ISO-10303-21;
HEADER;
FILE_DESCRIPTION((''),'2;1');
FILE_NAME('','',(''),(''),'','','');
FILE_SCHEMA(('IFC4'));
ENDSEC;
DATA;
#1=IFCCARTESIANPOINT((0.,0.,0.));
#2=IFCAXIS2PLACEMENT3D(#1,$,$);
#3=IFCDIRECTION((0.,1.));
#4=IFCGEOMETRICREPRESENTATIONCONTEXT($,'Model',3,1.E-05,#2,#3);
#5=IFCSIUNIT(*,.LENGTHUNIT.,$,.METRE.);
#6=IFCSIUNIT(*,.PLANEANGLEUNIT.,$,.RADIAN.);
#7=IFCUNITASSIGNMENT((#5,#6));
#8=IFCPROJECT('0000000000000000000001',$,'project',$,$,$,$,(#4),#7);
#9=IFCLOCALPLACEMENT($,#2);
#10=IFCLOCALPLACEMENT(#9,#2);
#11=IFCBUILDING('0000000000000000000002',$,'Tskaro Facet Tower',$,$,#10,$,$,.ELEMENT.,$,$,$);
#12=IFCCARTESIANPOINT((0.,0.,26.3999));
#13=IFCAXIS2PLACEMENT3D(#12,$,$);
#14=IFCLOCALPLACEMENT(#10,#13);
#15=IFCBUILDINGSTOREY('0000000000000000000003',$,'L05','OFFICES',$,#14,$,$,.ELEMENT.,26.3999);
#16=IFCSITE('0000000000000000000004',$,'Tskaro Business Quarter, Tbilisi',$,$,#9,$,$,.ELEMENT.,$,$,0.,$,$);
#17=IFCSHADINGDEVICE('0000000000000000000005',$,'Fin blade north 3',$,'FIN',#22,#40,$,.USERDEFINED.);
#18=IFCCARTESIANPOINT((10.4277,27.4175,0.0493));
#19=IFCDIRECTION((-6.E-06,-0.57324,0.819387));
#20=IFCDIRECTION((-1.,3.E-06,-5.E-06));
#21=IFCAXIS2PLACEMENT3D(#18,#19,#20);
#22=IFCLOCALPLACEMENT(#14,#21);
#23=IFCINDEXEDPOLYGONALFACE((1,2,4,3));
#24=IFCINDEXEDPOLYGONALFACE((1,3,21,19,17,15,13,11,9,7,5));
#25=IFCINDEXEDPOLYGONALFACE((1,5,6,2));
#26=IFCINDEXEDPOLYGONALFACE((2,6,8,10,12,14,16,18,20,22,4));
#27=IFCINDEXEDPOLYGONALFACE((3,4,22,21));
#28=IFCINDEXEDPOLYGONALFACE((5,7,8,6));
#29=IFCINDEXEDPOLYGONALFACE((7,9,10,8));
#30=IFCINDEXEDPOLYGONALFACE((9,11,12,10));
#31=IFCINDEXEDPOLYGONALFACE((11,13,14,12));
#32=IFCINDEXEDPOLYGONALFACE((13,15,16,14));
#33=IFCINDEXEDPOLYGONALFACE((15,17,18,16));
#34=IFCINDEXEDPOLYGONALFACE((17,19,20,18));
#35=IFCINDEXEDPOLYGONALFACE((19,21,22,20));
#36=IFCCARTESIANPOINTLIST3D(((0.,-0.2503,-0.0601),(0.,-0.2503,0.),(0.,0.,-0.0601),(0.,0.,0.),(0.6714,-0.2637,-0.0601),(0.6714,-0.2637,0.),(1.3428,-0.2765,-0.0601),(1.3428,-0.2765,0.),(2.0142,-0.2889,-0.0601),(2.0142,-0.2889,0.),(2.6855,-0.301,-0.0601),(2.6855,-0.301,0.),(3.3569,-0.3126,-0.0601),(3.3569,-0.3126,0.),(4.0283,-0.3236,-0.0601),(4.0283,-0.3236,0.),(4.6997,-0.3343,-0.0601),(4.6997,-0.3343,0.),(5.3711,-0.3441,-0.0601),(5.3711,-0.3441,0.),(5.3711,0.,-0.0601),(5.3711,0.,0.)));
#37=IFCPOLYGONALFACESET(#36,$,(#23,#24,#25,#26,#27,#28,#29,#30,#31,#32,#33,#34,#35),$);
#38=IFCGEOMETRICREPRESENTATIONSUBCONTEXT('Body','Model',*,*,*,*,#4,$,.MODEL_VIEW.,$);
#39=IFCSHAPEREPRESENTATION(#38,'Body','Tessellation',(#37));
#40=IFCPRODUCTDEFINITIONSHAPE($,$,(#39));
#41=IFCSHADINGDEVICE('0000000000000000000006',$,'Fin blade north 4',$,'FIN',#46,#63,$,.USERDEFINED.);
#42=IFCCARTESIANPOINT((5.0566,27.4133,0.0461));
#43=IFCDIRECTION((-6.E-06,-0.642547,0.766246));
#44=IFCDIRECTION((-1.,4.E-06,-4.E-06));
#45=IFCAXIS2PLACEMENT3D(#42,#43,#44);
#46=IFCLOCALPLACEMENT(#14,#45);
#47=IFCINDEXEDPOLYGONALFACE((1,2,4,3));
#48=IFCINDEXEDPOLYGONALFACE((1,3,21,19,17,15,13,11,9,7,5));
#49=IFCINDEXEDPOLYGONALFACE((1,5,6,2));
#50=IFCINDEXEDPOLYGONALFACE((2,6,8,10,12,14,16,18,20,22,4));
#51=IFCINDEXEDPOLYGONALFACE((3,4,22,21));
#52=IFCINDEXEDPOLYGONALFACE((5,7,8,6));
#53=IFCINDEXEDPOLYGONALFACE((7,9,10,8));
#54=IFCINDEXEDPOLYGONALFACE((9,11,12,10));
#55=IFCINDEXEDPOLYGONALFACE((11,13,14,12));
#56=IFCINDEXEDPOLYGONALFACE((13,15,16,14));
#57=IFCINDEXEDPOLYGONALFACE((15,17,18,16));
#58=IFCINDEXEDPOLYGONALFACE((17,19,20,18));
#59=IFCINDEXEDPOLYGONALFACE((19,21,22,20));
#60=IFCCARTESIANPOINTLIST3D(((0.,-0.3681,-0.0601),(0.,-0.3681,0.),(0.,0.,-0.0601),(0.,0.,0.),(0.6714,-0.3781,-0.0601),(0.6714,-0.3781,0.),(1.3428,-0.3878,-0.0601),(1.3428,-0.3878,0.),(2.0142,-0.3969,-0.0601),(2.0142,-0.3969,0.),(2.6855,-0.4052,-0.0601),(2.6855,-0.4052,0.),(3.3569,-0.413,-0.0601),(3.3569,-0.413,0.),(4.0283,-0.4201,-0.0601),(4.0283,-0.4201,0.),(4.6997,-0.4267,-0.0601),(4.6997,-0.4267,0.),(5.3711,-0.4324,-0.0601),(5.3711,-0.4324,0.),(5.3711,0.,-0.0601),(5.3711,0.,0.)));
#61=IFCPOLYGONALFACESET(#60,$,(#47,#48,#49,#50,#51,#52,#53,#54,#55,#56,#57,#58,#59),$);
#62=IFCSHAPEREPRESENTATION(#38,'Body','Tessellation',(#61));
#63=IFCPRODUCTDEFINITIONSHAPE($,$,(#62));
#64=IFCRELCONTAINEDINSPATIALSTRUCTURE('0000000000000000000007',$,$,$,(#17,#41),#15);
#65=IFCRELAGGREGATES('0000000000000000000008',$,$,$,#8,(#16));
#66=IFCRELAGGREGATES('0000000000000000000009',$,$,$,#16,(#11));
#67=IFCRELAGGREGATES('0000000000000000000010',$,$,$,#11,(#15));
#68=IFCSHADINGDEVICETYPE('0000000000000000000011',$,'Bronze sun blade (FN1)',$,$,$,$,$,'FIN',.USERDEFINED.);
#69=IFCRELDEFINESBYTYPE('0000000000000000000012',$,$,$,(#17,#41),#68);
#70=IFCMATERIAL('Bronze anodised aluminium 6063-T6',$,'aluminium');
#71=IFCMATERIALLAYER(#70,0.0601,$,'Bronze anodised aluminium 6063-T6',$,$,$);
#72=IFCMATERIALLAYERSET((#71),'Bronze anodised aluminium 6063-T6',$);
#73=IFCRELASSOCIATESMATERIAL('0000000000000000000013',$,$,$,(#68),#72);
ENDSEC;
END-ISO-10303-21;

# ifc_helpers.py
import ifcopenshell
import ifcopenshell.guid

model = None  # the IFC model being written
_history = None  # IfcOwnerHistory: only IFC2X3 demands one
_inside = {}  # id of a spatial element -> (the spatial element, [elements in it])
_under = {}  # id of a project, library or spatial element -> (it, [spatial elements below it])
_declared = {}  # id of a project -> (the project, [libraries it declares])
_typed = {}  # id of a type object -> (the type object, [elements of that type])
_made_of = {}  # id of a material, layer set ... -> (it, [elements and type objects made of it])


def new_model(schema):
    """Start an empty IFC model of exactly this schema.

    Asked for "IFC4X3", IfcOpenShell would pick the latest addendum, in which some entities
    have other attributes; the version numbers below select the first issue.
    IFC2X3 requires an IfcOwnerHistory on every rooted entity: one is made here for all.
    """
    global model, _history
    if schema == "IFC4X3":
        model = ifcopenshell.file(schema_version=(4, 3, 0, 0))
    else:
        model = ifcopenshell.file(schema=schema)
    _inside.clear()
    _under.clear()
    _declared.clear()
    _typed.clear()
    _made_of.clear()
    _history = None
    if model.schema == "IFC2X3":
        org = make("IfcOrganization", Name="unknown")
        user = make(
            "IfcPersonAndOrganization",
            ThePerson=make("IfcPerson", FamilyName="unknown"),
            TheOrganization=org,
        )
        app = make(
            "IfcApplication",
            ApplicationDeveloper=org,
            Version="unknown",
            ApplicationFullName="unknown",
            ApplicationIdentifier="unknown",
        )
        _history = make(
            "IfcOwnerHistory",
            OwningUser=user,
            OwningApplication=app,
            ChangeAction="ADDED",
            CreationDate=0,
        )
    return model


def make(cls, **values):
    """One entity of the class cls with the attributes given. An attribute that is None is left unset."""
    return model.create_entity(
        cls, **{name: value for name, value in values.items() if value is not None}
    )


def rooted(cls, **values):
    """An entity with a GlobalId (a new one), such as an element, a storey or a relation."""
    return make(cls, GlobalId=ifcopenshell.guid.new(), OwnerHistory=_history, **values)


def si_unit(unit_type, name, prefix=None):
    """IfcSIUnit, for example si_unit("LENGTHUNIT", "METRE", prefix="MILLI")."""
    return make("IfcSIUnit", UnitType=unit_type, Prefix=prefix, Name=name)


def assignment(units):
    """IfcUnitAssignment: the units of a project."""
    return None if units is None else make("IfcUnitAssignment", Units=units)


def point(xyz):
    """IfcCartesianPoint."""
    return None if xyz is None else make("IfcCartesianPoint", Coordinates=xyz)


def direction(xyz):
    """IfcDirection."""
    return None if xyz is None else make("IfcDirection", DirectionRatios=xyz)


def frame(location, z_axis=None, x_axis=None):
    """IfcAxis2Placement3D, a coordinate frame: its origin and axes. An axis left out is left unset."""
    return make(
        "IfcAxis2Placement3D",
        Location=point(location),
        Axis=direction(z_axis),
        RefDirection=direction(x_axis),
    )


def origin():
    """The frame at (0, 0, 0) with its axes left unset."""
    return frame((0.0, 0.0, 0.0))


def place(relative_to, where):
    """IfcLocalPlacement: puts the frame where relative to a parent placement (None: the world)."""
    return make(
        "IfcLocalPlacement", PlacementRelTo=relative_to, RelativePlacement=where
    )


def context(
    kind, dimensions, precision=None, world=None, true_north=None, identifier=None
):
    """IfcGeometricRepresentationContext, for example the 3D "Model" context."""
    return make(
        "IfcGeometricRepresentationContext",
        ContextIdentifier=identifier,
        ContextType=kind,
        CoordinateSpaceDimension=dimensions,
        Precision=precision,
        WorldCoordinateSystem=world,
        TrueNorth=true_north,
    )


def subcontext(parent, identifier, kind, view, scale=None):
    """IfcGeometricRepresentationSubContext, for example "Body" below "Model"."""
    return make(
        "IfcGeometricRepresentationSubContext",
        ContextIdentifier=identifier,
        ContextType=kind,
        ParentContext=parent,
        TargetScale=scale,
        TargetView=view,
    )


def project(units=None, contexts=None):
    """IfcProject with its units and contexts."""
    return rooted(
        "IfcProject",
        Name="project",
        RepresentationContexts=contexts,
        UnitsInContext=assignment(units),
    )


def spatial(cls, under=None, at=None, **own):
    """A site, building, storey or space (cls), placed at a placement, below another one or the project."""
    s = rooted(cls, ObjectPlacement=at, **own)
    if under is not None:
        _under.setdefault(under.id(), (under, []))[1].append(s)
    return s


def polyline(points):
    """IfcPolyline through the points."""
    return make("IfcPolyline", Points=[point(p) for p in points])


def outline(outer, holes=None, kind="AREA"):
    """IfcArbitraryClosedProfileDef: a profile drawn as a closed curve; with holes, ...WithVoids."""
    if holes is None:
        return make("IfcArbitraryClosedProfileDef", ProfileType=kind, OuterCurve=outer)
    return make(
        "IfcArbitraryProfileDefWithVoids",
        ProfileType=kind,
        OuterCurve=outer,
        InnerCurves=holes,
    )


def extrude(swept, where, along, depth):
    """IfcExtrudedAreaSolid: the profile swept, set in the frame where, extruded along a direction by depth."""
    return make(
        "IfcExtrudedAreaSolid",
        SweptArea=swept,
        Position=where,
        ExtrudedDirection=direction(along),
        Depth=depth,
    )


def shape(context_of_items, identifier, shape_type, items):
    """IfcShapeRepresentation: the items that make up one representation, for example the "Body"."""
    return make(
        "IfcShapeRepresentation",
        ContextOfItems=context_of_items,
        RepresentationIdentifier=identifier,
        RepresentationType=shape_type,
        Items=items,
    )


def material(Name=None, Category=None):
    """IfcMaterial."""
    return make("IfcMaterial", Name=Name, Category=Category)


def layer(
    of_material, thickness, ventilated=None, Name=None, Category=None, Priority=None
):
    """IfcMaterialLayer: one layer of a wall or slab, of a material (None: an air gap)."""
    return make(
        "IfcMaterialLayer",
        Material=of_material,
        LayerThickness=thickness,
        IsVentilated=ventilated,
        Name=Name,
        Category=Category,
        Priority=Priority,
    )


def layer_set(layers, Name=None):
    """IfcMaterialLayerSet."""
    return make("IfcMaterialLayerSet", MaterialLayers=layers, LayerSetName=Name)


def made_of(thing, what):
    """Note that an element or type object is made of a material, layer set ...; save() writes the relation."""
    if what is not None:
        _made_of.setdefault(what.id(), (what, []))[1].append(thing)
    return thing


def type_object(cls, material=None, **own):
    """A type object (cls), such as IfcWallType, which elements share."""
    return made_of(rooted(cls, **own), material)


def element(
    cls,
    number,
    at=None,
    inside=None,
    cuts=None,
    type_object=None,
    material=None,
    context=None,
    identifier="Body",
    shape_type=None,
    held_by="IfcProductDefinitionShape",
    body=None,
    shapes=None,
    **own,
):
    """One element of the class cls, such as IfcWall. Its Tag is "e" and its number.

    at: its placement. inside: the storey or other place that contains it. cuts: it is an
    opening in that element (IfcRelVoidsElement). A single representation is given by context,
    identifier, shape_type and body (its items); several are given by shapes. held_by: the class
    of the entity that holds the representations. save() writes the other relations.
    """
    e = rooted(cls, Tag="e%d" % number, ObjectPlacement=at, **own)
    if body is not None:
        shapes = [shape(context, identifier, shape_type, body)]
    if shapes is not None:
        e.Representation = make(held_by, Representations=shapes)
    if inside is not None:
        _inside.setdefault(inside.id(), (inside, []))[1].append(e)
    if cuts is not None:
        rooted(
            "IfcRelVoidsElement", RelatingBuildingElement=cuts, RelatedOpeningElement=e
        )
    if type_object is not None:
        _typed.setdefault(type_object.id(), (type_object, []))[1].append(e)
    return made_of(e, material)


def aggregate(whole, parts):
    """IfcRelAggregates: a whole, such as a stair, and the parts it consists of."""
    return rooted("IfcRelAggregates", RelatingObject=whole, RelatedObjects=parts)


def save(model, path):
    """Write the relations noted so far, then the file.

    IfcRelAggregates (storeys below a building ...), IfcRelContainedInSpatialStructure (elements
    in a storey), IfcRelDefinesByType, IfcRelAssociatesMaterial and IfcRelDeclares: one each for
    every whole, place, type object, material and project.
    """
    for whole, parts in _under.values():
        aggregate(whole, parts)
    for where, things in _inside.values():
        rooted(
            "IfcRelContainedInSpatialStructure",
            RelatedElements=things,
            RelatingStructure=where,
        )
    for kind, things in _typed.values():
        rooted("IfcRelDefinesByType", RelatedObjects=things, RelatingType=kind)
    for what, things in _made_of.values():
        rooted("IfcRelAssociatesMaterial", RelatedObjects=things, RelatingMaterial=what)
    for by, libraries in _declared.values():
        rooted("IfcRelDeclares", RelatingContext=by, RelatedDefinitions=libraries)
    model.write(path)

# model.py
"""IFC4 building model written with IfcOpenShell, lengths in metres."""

from ifc_helpers import new_model, si_unit, direction, frame, origin, place, context, subcontext, project, spatial, polyline, outline, extrude, material, layer, layer_set, type_object, element, save


model = new_model("IFC4")

# Units and contexts
model_context = context("Model", 3, precision=1e-05, world=origin(), true_north=direction((0.0, 1.0)))
body_context = subcontext(model_context, "Body", "Model", "MODEL_VIEW")
ifc_project = project(units=[si_unit("LENGTHUNIT", "METRE"), si_unit("PLANEANGLEUNIT", "RADIAN")], contexts=[model_context])

# Site, building, storey
site_placement = place(None, origin())
site = spatial("IfcSite", under=ifc_project, at=site_placement, Name="Tskaro Business Quarter, Tbilisi", CompositionType="ELEMENT", RefElevation=0.0)
building_placement = place(site_placement, origin())
building = spatial("IfcBuilding", under=site, at=building_placement, Name="Tskaro Facet Tower", CompositionType="ELEMENT")
storey_placement = place(building_placement, frame((0.0, 0.0, 26.3999)))
storey = spatial("IfcBuildingStorey", under=building, at=storey_placement, Name="L05", Description="OFFICES", CompositionType="ELEMENT", Elevation=26.3999)

# Shared definitions
ifc_material_1 = material(Name="Bronze anodised aluminium 6063-T6", Category="aluminium")

# Shading devices
ifc_layer_1 = layer(ifc_material_1, 0.0601, Name="Bronze anodised aluminium 6063-T6")
ifc_layer_set_1 = layer_set([ifc_layer_1], Name="Bronze anodised aluminium 6063-T6")
shading_device_type = type_object("IfcShadingDeviceType", Name="Bronze sun blade (FN1)", ElementType="FIN", PredefinedType="USERDEFINED", material=ifc_layer_set_1)
shading_device_1_placement = place(storey_placement, frame((10.4277, 27.4175, 0.0493), z_axis=(-0.000006, -0.57324, 0.819387), x_axis=(-1.0, 0.000003, -0.000005)))
element("IfcShadingDevice", 1, at=shading_device_1_placement, inside=storey, type_object=shading_device_type, Name="Fin blade north 3", ObjectType="FIN", PredefinedType="USERDEFINED", context=body_context, shape_type="SweptSolid", body=[
    extrude(outline(polyline([(0.0, 0.0), (5.3711, 0.0), (5.3711, -0.3441), (4.6997, -0.3343), (4.0283, -0.3236), (3.3569, -0.3126), (2.6855, -0.301), (2.0142, -0.2889), (1.3428, -0.2765), (0.6714, -0.2637), (0.0, -0.2503), (0.0, 0.0)])), origin(), (0.0, 0.0, -1.0), 0.0601),
])
shading_device_2_placement = place(storey_placement, frame((5.0566, 27.4133, 0.0461), z_axis=(-0.000006, -0.642547, 0.766246), x_axis=(-1.0, 0.000004, -0.000004)))
element("IfcShadingDevice", 2, at=shading_device_2_placement, inside=storey, type_object=shading_device_type, Name="Fin blade north 4", ObjectType="FIN", PredefinedType="USERDEFINED", context=body_context, shape_type="SweptSolid", body=[
    extrude(outline(polyline([(0.0, 0.0), (5.3711, 0.0), (5.3711, -0.4324), (4.6997, -0.4267), (4.0283, -0.4201), (3.3569, -0.413), (2.6855, -0.4052), (2.0142, -0.3969), (1.3428, -0.3878), (0.6714, -0.3781), (0.0, -0.3681), (0.0, 0.0)])), origin(), (0.0, 0.0, -1.0), 0.0601),
])

save(model, "model.ifc")
